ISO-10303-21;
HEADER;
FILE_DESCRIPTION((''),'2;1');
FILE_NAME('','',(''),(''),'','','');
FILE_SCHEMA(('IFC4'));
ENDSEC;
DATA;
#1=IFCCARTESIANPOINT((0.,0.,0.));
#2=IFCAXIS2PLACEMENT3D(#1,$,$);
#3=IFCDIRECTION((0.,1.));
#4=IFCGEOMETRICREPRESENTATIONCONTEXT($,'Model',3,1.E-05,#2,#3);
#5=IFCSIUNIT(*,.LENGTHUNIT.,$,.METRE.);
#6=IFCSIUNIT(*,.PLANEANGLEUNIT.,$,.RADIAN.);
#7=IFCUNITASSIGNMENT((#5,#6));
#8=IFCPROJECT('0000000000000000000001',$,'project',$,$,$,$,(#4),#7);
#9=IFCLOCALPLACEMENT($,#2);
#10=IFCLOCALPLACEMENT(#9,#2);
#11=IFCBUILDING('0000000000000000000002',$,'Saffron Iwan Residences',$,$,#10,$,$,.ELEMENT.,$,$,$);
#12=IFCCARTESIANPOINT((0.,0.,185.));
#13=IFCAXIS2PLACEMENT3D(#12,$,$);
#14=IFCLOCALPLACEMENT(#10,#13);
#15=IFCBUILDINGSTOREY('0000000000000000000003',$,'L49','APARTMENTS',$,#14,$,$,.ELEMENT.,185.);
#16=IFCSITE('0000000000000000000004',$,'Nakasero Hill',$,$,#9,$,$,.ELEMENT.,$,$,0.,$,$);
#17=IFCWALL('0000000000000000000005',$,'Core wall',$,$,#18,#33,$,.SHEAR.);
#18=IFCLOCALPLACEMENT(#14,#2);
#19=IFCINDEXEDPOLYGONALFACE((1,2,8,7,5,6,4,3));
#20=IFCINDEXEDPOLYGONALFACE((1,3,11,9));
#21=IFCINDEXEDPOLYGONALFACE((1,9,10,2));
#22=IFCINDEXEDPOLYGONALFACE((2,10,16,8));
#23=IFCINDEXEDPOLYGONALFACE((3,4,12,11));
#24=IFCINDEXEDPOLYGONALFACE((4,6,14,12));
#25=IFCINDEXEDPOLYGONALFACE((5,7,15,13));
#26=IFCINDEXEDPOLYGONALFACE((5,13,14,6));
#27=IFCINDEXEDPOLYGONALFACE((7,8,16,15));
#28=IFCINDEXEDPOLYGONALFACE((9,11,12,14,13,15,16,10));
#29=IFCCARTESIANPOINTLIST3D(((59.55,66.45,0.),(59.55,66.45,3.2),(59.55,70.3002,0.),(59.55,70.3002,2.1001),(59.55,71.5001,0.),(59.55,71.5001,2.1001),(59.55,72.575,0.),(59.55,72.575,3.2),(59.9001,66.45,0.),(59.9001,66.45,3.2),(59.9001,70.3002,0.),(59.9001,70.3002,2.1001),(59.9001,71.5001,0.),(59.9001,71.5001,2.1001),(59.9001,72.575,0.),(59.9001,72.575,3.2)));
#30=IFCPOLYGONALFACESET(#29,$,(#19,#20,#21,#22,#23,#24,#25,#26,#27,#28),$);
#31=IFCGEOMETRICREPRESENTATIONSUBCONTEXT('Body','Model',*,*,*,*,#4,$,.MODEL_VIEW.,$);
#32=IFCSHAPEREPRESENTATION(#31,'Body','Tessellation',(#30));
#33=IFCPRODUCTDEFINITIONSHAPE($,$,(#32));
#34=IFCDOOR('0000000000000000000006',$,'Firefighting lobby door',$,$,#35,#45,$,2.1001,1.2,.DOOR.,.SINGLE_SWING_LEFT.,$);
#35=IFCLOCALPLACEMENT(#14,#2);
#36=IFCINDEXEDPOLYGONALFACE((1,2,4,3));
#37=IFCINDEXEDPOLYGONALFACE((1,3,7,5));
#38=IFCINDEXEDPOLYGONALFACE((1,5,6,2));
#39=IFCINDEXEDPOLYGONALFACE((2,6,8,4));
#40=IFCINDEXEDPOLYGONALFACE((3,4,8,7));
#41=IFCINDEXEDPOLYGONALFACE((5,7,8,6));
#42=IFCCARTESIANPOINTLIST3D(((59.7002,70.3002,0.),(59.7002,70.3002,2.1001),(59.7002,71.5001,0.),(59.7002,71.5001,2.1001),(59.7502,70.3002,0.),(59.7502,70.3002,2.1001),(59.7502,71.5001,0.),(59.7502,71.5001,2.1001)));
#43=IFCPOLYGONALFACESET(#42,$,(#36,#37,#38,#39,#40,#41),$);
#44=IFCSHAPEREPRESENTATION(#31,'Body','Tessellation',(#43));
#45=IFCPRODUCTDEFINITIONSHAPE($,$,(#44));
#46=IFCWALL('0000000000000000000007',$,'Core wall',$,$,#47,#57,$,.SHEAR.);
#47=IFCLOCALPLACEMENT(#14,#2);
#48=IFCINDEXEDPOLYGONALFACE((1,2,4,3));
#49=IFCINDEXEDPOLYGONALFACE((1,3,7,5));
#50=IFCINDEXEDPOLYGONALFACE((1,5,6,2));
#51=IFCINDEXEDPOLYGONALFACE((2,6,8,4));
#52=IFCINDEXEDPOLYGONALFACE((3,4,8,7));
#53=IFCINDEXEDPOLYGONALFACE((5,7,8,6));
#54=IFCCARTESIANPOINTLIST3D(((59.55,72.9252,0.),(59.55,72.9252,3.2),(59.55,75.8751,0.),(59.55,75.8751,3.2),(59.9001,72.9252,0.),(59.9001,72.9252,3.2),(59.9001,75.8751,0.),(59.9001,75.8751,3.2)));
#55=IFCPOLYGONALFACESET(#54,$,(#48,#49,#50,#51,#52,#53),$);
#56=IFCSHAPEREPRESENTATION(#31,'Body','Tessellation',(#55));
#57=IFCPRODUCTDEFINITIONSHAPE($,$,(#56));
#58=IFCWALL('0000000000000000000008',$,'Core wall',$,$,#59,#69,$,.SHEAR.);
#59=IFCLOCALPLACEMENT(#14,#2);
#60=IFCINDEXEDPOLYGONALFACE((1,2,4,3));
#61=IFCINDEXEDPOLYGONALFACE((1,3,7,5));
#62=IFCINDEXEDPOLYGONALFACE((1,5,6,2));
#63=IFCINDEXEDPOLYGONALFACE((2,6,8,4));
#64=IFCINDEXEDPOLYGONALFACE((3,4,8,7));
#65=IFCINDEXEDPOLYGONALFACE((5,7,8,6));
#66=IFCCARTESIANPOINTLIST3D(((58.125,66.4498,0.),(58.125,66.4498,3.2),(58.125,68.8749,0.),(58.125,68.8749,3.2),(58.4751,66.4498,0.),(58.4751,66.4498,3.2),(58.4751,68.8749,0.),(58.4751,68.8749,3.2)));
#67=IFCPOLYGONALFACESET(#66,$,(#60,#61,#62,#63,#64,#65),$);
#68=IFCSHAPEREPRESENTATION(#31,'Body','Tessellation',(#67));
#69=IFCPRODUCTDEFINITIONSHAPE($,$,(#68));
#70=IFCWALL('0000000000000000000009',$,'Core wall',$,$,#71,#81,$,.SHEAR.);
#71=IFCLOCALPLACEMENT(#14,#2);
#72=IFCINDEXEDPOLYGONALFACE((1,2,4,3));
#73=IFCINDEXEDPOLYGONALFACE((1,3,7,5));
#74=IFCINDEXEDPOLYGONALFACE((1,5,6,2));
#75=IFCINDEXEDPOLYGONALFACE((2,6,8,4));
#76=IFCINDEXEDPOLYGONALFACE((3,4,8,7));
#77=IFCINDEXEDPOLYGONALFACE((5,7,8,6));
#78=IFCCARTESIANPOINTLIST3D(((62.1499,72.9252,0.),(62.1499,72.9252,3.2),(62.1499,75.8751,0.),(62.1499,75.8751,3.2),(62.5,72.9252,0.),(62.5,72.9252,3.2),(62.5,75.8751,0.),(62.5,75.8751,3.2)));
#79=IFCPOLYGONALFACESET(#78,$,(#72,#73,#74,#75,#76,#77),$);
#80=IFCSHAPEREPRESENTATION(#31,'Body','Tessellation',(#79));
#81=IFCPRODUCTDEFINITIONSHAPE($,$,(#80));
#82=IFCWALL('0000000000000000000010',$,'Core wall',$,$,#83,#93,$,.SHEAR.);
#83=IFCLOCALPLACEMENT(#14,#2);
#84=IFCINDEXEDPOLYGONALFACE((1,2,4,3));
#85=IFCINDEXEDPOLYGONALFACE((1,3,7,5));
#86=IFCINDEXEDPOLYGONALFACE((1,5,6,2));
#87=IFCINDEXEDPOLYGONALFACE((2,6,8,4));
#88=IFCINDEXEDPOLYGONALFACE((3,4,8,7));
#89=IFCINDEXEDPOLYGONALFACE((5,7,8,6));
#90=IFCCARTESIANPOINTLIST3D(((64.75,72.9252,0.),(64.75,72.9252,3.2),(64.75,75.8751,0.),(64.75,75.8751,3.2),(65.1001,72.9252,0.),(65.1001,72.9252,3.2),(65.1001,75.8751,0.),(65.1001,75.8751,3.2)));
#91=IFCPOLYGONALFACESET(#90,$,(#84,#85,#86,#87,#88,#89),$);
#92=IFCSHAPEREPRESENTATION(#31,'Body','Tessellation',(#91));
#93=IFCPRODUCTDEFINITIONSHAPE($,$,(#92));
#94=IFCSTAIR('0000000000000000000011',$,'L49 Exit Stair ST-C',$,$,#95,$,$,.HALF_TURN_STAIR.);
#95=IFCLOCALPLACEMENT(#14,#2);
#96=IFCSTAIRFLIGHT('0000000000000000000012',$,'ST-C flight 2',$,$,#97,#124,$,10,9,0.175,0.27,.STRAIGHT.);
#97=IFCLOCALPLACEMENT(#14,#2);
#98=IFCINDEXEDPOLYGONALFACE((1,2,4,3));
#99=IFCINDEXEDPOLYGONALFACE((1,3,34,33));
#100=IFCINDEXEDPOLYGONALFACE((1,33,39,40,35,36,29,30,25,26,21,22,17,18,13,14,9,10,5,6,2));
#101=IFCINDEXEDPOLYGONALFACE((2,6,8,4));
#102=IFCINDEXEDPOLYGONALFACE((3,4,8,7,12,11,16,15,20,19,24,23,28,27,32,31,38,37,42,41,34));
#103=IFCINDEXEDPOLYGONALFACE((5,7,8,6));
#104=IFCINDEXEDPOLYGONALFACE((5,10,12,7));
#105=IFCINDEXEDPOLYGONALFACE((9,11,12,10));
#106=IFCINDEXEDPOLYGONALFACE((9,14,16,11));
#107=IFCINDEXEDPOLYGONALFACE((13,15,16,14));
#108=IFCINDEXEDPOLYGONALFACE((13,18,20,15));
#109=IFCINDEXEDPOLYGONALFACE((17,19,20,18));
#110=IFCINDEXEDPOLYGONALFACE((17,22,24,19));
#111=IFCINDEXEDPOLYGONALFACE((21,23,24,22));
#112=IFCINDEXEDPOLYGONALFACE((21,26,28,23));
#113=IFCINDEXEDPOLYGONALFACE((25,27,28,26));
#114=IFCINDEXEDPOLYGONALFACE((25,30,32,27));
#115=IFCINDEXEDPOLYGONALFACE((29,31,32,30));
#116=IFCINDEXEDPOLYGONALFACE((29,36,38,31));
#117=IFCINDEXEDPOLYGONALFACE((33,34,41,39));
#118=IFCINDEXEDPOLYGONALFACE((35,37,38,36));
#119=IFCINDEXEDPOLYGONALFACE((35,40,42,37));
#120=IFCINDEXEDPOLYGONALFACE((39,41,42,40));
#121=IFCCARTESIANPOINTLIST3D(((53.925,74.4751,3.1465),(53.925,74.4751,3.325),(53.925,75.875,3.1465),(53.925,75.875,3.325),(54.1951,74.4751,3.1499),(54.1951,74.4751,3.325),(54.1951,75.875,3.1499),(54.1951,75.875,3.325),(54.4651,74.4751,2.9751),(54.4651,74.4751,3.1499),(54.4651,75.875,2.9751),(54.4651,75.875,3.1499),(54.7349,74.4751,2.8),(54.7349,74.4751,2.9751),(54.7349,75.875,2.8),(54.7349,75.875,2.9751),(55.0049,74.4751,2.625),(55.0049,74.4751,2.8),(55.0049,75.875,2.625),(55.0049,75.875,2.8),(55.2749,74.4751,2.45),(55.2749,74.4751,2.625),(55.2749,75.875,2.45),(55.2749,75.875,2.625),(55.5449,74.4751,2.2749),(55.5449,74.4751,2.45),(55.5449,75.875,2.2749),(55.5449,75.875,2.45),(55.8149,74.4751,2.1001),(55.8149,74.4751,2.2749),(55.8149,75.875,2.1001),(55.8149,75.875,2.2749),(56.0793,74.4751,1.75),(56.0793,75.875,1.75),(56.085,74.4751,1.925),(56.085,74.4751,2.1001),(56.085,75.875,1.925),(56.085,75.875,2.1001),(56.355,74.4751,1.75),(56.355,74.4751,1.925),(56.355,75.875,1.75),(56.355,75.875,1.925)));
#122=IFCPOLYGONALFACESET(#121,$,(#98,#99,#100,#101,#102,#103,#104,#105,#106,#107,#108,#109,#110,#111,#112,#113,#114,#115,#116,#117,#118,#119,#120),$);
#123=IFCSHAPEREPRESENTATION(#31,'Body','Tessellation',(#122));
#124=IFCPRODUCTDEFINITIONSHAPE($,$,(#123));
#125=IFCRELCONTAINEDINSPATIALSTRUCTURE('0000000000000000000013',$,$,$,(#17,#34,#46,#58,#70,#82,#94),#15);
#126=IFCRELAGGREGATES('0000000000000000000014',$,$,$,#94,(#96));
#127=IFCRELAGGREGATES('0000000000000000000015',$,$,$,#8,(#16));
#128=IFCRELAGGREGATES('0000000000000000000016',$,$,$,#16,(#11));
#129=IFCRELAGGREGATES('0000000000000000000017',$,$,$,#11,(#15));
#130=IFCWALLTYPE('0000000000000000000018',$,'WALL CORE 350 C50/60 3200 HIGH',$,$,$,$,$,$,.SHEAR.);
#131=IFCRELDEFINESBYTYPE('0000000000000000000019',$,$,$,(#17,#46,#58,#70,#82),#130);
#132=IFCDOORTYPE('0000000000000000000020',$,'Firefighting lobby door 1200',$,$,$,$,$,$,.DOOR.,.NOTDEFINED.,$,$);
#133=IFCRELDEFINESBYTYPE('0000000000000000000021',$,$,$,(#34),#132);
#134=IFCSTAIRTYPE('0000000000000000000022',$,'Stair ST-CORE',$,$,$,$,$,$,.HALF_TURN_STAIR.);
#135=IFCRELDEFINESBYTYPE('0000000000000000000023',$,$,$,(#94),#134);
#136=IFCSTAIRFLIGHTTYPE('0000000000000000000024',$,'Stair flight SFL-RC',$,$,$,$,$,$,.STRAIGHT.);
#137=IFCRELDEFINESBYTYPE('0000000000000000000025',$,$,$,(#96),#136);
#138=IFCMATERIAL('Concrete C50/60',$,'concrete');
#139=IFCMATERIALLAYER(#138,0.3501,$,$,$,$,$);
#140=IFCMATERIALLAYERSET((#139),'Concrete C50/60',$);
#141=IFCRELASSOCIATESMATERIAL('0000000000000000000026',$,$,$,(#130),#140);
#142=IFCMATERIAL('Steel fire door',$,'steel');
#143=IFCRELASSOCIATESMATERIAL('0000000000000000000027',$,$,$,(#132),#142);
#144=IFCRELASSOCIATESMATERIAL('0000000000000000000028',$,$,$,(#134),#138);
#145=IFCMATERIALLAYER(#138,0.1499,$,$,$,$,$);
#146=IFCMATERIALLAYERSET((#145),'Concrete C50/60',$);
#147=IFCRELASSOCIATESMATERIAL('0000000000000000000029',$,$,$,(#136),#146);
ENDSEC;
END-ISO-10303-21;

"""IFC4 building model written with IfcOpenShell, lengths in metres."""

from ifc_helpers import new_model, si_unit, direction, frame, frame_2d, origin, place, context, subcontext, project, spatial, polyline, rectangle, outline, extrude, material, layer, layer_set, type_object, element, fill, aggregate, save


model = new_model("IFC4")

# Units and contexts
model_context = context("Model", 3, precision=1e-05, world=origin(), true_north=direction((0.0, 1.0)))
body_context = subcontext(model_context, "Body", "Model", "MODEL_VIEW")
ifc_project = project(units=[si_unit("LENGTHUNIT", "METRE"), si_unit("PLANEANGLEUNIT", "RADIAN")], contexts=[model_context])

# Site, building, storey
site_placement = place(None, origin())
site = spatial("IfcSite", under=ifc_project, at=site_placement, Name="Nakasero Hill", CompositionType="ELEMENT", RefElevation=0.0)
building_placement = place(site_placement, origin())
building = spatial("IfcBuilding", under=site, at=building_placement, Name="Saffron Iwan Residences", CompositionType="ELEMENT")
storey_placement = place(building_placement, frame((0.0, 0.0, 185.0)))
storey = spatial("IfcBuildingStorey", under=building, at=storey_placement, Name="L49", Description="APARTMENTS", CompositionType="ELEMENT", Elevation=185.0)

# Shared definitions
ifc_material_1 = material(Name="Concrete C50/60", Category="concrete")

# Shared definitions
ifc_material_2 = material(Name="Steel fire door", Category="steel")

# Shared definitions
ifc_layer_1 = layer(ifc_material_1, 0.3501)
ifc_layer_set_1 = layer_set([ifc_layer_1], Name="Concrete C50/60")
wall_type_1 = type_object("IfcWallType", Name="WALL CORE 350 C50/60 3200 HIGH", PredefinedType="SHEAR", material=ifc_layer_set_1)

# Wall, opening, door
wall_1_placement = place(storey_placement, frame((59.7251, 66.45, 0.0), z_axis=(0.0, 0.0, 1.0), x_axis=(0.0, 1.0, 0.0)))
wall_1 = element("IfcWall", 1, at=wall_1_placement, inside=storey, type_object=wall_type_1, Name="Core wall", PredefinedType="SHEAR", context=body_context, shape_type="SweptSolid", body=[
    extrude(rectangle(XDim=6.125, YDim=0.3501, at=frame_2d((3.0625, 0.0))), origin(), (0.0, 0.0, 1.0), 3.2),
])
opening_1_placement = place(wall_1_placement, frame((3.8501, 0.0, 0.0)))
opening_1 = element("IfcOpeningElement", 2, at=opening_1_placement, cuts=wall_1, PredefinedType="OPENING", context=body_context, shape_type="SweptSolid", body=[
    extrude(rectangle(XDim=1.2, YDim=2.1001, at=frame_2d((0.6001, 1.05))), frame((0.0, 0.1851, 0.0), z_axis=(0.0, -1.0, 0.0), x_axis=(1.0, 0.0, 0.0)), (0.0, 0.0, 1.0), 0.3701),
])
door_type_1 = type_object("IfcDoorType", Name="Firefighting lobby door 1200", OperationType="NOTDEFINED", PredefinedType="DOOR", material=ifc_material_2)
door_1_placement = place(opening_1_placement, origin())
door_1 = element("IfcDoor", 3, at=door_1_placement, inside=storey, type_object=door_type_1, Name="Firefighting lobby door", OperationType="SINGLE_SWING_LEFT", OverallHeight=2.1001, OverallWidth=1.2, PredefinedType="DOOR", context=body_context, shape_type="SweptSolid", body=[
    extrude(rectangle(XDim=1.2, YDim=2.1001, at=frame_2d((0.6001, 1.05))), frame((0.0, 0.0249, 0.0), z_axis=(0.0, -1.0, 0.0), x_axis=(1.0, 0.0, 0.0)), (0.0, 0.0, 1.0), 0.05),
])
fill(opening_1, door_1)

# Walls
wall_2_placement = place(storey_placement, frame((59.7251, 72.925, 0.0), z_axis=(0.0, 0.0, 1.0), x_axis=(0.0, 1.0, 0.0)))
element("IfcWall", 4, at=wall_2_placement, inside=storey, type_object=wall_type_1, Name="Core wall", PredefinedType="SHEAR", context=body_context, shape_type="SweptSolid", body=[
    extrude(rectangle(XDim=2.95, YDim=0.3501, at=frame_2d((1.4751, 0.0))), origin(), (0.0, 0.0, 1.0), 3.2),
])
wall_3_placement = place(storey_placement, frame((58.3, 66.45, 0.0), z_axis=(0.0, 0.0, 1.0), x_axis=(0.0, 1.0, 0.0)))
element("IfcWall", 5, at=wall_3_placement, inside=storey, type_object=wall_type_1, Name="Core wall", PredefinedType="SHEAR", context=body_context, shape_type="SweptSolid", body=[
    extrude(rectangle(XDim=2.425, YDim=0.3501, at=frame_2d((1.2124, 0.0))), origin(), (0.0, 0.0, 1.0), 3.2),
])
for number, where, z_axis, x_axis, name in (
    (6, (62.325, 72.925, 0.0), (0.0, 0.0, 1.0), (0.0, 1.0, 0.0), "Core wall"),
    (7, (64.925, 72.925, 0.0), (0.0, 0.0, 1.0), (0.0, 1.0, 0.0), "Core wall"),
):
    element("IfcWall", number, at=place(storey_placement, frame(where, z_axis=z_axis, x_axis=x_axis)), inside=storey, type_object=wall_type_1, Name=name, PredefinedType="SHEAR", context=body_context, shape_type="SweptSolid", body=[
        extrude(rectangle(XDim=2.95, YDim=0.3501, at=frame_2d((1.4751, 0.0))), origin(), (0.0, 0.0, 1.0), 3.2),
    ])

# Stair, stair flight
stair_type = type_object("IfcStairType", Name="Stair ST-CORE", PredefinedType="HALF_TURN_STAIR", material=ifc_material_1)
stair_placement = place(storey_placement, origin())
stair = element("IfcStair", 8, at=stair_placement, inside=storey, type_object=stair_type, Name="L49 Exit Stair ST-C", PredefinedType="HALF_TURN_STAIR")
ifc_layer_2 = layer(ifc_material_1, 0.1499)
ifc_layer_set_2 = layer_set([ifc_layer_2], Name="Concrete C50/60")
stair_flight_type = type_object("IfcStairFlightType", Name="Stair flight SFL-RC", PredefinedType="STRAIGHT", material=ifc_layer_set_2)
stair_flight_placement = place(storey_placement, frame((56.355, 75.175, 1.75), z_axis=(0.0, 0.0, 1.0), x_axis=(-1.0, 0.0, 0.0)))
stair_flight = element("IfcStairFlight", 9, at=stair_flight_placement, type_object=stair_flight_type, Name="ST-C flight 2", NumberOfRisers=10, NumberOfTreads=9, PredefinedType="STRAIGHT", RiserHeight=0.175, TreadLength=0.27, context=body_context, shape_type="SweptSolid", body=[
    extrude(outline(polyline([(0.0, 0.0), (0.0, 0.175), (0.27, 0.175), (0.27, 0.3501), (0.54, 0.3501), (0.54, 0.5249), (0.8101, 0.5249), (0.8101, 0.7), (1.0801, 0.7), (1.0801, 0.875), (1.3501, 0.875), (1.3501, 1.05), (1.6201, 1.05), (1.6201, 1.2251), (1.8899, 1.2251), (1.8899, 1.3999), (2.1599, 1.3999), (2.1599, 1.575), (2.4299, 1.575), (2.4299, 1.75), (2.4299, 1.3965), (0.2756, 0.0), (0.0, 0.0)])), frame((0.0, 0.7, 0.0), z_axis=(0.0, -1.0, 0.0), x_axis=(1.0, 0.0, 0.0)), (0.0, 0.0, 1.0), 1.3999),
])
aggregate(stair, [stair_flight])

save(model, "model.ifc")
